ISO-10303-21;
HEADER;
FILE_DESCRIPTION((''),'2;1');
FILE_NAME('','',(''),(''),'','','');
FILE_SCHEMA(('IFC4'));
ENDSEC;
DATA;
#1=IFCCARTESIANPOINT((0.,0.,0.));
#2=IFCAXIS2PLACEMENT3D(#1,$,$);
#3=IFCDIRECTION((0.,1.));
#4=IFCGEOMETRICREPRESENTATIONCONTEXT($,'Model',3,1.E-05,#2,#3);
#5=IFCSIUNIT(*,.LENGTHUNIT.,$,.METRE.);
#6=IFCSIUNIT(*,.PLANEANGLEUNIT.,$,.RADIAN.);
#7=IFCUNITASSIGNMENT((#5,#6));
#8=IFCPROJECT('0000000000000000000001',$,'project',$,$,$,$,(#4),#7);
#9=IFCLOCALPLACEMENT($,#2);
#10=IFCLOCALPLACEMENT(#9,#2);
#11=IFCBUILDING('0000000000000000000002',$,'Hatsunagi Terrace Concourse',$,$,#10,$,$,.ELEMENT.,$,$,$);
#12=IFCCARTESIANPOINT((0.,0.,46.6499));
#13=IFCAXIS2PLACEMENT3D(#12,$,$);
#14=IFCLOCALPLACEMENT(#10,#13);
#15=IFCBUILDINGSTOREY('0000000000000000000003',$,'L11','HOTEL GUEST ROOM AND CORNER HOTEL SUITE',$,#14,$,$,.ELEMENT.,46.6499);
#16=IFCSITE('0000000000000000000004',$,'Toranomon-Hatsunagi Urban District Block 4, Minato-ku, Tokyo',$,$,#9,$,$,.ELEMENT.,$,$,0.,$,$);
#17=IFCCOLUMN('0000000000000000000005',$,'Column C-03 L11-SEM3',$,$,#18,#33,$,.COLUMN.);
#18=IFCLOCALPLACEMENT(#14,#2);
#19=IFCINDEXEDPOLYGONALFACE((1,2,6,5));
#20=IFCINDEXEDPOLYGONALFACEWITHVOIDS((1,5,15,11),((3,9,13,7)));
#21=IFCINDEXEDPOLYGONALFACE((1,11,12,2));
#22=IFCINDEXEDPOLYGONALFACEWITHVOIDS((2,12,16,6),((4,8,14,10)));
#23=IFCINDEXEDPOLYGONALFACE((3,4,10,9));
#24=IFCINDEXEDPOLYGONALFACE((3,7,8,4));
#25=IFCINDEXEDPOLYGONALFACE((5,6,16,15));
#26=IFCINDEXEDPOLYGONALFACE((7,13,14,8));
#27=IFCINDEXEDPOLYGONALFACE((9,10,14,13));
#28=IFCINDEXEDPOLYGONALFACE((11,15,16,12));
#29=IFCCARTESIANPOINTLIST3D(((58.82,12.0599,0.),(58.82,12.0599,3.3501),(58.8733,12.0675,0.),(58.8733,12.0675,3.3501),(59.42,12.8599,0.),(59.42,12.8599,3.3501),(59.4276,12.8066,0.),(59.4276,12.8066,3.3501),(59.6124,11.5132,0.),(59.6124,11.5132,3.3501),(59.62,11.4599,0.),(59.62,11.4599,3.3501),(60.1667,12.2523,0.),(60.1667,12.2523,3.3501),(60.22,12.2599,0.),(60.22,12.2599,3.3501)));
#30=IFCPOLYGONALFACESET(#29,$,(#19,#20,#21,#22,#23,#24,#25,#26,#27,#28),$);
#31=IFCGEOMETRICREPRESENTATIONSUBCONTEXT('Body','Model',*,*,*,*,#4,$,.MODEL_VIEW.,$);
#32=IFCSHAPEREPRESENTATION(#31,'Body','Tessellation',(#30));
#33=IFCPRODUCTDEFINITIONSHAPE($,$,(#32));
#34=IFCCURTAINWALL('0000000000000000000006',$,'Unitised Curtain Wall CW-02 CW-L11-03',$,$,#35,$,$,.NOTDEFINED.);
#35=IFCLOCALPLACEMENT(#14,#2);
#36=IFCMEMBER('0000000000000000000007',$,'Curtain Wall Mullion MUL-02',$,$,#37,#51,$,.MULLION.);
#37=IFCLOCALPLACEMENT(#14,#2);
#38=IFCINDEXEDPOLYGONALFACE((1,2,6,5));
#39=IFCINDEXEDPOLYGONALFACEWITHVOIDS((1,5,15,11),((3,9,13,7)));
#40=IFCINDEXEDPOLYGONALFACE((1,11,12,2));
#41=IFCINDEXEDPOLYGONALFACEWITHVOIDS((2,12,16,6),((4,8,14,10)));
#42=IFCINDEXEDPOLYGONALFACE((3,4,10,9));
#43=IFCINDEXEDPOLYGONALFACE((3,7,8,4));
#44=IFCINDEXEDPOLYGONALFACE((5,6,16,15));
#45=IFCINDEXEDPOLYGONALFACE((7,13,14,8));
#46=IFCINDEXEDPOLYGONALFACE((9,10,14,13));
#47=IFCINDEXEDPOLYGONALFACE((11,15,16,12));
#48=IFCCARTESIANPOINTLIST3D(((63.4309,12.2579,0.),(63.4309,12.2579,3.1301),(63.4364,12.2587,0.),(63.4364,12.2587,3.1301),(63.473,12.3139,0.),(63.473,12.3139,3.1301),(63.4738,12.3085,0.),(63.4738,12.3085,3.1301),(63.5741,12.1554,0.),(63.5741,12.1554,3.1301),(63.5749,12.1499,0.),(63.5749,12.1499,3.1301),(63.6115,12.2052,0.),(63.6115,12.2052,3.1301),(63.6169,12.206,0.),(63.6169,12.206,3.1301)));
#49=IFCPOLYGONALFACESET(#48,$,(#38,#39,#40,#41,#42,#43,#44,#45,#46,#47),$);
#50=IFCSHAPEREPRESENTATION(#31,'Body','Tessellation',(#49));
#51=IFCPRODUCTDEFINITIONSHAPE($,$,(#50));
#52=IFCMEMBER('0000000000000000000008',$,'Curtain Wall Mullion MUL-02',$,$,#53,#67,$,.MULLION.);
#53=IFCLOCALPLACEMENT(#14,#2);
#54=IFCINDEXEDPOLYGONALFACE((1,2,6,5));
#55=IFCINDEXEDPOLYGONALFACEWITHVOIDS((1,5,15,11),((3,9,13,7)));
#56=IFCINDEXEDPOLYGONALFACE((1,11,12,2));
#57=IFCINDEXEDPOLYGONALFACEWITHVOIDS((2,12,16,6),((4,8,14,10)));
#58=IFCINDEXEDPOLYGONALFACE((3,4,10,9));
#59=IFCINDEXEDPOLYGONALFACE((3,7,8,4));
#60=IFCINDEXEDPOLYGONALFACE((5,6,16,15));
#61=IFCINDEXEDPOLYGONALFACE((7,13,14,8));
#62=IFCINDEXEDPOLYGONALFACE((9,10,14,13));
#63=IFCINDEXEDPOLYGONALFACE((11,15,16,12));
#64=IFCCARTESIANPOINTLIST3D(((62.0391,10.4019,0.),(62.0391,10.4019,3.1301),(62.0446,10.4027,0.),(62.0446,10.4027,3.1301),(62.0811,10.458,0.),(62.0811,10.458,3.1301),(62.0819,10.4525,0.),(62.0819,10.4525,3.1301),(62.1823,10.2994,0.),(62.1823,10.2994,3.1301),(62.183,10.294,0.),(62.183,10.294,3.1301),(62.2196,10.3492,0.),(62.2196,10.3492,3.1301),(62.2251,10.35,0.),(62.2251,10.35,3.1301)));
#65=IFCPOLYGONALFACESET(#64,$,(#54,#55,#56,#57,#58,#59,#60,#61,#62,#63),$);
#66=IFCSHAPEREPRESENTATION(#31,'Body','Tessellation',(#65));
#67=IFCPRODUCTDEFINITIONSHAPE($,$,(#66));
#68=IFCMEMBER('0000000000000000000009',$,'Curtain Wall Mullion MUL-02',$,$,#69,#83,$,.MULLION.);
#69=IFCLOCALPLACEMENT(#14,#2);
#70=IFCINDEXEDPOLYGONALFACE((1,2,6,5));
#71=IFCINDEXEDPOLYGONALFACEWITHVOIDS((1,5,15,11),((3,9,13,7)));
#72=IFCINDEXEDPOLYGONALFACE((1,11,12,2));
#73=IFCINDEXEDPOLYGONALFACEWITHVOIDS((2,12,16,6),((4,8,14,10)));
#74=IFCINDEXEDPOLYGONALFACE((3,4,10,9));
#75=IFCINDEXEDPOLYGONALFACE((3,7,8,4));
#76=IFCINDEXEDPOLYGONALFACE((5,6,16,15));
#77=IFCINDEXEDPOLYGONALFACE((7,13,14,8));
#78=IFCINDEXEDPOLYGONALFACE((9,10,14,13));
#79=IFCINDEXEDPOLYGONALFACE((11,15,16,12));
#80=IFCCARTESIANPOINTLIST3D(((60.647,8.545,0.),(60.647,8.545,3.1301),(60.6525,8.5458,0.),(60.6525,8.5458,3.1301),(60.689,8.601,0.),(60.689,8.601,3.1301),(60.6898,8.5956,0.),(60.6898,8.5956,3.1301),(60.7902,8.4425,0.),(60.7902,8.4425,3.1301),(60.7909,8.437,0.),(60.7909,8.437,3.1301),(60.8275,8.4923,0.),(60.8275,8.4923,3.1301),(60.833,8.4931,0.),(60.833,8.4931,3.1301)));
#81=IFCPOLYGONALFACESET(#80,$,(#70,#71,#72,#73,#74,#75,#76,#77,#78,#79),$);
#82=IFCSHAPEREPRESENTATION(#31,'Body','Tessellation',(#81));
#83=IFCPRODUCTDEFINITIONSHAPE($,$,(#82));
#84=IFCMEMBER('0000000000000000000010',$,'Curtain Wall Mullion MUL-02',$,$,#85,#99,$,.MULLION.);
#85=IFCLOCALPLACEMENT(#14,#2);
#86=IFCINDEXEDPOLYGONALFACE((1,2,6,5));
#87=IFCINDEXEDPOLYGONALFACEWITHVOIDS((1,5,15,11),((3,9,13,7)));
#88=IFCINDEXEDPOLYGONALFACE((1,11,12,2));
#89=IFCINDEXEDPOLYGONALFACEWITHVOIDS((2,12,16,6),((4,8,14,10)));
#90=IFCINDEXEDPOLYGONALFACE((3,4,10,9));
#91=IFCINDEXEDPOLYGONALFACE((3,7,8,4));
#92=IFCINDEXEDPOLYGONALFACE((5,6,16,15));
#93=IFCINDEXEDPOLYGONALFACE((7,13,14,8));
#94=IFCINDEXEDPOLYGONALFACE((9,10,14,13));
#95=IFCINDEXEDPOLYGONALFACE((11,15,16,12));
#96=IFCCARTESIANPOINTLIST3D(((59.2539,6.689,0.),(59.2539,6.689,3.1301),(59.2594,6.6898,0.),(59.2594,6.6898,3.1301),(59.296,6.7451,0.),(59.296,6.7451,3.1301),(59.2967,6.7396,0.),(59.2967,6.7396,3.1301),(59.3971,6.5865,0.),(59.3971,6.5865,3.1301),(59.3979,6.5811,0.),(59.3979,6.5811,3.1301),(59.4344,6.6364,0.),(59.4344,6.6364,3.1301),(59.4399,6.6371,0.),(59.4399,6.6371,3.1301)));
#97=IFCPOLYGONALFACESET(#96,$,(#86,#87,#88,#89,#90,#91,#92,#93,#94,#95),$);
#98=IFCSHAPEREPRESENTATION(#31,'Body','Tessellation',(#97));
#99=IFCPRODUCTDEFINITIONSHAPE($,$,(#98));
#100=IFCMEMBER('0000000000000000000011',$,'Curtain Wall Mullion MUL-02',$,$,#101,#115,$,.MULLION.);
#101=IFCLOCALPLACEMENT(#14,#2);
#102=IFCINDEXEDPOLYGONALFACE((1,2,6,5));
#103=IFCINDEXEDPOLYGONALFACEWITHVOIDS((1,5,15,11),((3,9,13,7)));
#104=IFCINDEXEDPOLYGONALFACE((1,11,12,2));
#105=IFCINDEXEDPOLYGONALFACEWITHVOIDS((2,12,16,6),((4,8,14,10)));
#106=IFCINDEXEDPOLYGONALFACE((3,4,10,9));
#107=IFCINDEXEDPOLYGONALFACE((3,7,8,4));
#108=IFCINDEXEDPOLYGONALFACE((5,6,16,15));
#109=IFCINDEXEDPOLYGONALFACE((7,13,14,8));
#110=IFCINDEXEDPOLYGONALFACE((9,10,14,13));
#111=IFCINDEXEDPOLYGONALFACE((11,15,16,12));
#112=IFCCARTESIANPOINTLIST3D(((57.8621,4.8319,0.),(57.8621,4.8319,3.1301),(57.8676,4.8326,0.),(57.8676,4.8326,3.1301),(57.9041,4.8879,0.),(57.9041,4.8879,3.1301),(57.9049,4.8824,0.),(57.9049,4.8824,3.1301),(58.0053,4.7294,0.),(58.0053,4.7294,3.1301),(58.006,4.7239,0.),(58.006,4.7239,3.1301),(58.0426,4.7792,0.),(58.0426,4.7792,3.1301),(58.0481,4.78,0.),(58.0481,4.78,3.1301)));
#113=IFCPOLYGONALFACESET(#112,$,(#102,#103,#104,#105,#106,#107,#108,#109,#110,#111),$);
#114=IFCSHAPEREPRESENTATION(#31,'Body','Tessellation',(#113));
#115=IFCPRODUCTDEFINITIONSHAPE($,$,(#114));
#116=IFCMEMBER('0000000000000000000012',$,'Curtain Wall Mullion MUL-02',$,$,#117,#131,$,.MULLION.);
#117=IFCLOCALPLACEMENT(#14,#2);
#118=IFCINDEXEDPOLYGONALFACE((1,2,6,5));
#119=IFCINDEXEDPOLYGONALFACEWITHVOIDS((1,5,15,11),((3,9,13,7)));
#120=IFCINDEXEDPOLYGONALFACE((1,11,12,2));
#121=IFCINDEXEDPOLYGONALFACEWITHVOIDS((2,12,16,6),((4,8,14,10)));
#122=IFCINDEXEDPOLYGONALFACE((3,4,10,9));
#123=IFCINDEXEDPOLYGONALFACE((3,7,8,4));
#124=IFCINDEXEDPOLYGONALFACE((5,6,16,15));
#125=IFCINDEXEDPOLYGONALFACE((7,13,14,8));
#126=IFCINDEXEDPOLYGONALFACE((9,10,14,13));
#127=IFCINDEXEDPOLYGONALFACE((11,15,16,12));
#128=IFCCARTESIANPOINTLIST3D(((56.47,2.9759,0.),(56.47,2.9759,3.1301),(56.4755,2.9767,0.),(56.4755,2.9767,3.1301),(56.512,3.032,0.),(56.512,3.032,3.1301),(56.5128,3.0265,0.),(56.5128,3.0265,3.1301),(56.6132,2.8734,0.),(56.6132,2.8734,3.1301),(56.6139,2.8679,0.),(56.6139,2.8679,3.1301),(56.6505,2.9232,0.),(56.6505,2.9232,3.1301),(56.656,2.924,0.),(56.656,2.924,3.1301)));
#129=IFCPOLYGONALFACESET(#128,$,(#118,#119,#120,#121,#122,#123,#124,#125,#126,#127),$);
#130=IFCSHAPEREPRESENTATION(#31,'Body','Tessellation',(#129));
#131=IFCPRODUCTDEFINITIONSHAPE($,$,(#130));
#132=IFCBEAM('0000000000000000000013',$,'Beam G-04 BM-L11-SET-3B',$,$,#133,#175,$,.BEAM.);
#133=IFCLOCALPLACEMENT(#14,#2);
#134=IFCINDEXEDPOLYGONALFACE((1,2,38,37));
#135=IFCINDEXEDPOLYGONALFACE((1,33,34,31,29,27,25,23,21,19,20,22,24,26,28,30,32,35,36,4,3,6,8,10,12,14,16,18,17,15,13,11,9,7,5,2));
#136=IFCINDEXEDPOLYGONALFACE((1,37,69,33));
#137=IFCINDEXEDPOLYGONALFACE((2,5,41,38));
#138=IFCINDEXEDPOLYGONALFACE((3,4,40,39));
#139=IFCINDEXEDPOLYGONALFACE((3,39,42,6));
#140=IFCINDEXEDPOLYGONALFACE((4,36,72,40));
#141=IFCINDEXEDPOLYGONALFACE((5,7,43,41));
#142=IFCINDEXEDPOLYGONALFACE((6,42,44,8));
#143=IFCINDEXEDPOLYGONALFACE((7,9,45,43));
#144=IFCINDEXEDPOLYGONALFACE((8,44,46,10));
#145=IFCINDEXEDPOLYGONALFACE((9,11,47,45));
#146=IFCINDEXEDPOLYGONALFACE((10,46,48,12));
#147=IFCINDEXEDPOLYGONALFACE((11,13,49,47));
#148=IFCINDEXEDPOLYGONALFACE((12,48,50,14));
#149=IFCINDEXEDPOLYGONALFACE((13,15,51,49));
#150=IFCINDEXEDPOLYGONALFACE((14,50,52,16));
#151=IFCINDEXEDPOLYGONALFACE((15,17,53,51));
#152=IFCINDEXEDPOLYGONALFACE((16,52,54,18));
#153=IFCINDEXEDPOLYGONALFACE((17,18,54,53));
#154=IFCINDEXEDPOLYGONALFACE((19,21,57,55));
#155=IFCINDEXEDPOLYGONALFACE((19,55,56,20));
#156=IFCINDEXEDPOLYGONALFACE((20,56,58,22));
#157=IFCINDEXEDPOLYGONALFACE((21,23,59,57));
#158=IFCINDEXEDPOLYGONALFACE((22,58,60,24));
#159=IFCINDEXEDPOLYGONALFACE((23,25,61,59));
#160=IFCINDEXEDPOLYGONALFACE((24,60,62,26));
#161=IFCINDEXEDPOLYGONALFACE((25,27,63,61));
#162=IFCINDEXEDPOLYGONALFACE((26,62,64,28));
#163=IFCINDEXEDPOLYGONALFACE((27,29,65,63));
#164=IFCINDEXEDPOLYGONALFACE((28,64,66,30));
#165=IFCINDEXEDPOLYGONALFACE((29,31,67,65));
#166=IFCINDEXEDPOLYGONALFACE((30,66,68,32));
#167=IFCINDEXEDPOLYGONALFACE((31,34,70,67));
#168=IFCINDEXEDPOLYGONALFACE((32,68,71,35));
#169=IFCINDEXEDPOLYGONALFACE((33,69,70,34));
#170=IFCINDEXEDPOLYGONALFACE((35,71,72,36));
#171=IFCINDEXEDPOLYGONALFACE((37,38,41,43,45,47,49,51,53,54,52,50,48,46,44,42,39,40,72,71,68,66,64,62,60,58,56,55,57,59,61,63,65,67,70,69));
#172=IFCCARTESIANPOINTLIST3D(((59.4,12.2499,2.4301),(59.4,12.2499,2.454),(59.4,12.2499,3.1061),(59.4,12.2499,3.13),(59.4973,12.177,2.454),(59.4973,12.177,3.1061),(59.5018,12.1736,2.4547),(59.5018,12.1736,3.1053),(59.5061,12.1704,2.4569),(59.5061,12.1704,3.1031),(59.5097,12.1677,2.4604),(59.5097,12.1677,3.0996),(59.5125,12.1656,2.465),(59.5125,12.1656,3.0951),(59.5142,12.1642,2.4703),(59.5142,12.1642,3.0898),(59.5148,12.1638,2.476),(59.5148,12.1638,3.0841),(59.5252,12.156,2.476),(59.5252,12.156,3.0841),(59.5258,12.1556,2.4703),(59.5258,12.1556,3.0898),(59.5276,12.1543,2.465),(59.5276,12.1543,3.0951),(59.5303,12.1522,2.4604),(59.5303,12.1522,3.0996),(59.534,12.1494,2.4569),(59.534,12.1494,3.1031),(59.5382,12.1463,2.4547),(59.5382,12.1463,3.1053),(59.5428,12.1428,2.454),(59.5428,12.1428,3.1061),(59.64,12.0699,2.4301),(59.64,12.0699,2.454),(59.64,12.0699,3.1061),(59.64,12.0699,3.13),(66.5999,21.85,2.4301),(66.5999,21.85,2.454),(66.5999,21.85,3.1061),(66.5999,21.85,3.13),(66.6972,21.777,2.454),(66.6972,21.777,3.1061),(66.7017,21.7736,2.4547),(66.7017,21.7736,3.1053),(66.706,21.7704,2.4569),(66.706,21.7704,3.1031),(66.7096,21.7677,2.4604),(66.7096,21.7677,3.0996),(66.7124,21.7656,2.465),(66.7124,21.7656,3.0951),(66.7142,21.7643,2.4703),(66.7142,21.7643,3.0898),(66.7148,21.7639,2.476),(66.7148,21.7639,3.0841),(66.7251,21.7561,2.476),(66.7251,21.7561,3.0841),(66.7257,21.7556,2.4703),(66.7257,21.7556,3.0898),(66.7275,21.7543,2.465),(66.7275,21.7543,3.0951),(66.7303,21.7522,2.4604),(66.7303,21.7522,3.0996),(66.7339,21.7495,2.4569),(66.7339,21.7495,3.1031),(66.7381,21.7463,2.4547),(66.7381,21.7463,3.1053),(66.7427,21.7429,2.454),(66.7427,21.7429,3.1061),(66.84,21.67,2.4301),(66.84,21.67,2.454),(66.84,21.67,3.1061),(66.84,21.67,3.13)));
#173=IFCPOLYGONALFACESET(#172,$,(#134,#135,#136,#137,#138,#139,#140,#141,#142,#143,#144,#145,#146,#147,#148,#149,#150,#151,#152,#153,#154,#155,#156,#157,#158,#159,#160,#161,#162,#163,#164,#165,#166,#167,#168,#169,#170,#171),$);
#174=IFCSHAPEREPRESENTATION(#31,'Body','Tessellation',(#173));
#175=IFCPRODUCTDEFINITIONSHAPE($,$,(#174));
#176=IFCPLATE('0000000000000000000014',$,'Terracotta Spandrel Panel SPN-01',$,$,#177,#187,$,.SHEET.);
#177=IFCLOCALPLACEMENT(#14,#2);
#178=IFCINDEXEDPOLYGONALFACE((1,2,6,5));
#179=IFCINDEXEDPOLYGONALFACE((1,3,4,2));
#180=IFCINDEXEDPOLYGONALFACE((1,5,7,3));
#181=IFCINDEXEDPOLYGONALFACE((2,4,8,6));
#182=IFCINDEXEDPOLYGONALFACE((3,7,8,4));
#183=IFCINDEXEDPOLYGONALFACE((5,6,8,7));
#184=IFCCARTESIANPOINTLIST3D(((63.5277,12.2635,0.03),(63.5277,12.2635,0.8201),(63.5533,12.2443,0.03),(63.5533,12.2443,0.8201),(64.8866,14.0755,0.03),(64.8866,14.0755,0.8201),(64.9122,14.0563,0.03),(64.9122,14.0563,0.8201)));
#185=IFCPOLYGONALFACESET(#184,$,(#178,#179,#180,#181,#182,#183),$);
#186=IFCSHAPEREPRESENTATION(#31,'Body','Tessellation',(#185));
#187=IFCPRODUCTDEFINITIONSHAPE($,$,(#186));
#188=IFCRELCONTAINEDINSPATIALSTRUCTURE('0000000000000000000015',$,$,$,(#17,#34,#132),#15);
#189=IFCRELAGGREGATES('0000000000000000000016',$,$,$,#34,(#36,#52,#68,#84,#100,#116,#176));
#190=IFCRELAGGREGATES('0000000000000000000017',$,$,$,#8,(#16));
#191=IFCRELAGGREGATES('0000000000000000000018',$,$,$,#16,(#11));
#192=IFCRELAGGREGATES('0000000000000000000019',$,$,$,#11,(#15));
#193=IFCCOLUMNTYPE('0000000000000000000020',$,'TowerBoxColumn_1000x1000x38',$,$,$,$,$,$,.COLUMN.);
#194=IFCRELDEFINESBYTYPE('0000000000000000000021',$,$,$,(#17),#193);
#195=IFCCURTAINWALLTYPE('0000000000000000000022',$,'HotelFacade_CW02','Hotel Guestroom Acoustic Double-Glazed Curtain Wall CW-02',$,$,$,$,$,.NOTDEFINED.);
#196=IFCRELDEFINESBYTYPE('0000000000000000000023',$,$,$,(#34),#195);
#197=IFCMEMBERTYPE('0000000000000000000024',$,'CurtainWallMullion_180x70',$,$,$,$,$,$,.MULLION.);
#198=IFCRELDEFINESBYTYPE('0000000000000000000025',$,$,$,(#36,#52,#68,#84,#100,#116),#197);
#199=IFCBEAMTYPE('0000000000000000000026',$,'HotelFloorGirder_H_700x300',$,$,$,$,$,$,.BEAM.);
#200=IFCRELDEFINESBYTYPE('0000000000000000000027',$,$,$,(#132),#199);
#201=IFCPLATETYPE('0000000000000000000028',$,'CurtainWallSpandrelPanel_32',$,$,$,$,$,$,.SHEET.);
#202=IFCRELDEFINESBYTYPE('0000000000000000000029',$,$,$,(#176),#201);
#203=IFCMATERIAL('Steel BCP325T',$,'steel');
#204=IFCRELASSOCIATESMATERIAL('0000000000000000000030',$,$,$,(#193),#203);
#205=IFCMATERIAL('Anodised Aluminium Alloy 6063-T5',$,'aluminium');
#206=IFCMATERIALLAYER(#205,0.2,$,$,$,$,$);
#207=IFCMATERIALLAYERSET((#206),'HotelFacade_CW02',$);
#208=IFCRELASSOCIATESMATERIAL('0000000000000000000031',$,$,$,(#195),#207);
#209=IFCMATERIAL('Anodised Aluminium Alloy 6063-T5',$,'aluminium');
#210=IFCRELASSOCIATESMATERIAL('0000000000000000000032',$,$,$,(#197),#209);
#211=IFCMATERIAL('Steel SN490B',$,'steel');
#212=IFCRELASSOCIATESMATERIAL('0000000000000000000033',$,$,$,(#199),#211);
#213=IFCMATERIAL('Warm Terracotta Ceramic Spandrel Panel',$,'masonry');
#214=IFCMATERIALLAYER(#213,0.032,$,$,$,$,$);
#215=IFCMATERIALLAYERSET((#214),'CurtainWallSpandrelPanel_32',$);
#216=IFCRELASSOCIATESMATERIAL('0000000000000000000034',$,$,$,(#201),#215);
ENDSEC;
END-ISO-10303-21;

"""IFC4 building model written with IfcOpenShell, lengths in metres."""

from ifc_helpers import new_model, si_unit, direction, frame, origin, origin_2d, place, context, subcontext, project, spatial, rectangle, hollow_rectangle, i_section, extrude, material, layer, layer_set, material_profile, profile_set, type_object, element, aggregate, save


model = new_model("IFC4")

# Units and contexts
model_context = context("Model", 3, precision=1e-05, world=origin(), true_north=direction((0.0, 1.0)))
body_context = subcontext(model_context, "Body", "Model", "MODEL_VIEW")
ifc_project = project(units=[si_unit("LENGTHUNIT", "METRE"), si_unit("PLANEANGLEUNIT", "RADIAN")], contexts=[model_context])

# Site, building, storey
site_placement = place(None, origin())
site = spatial("IfcSite", under=ifc_project, at=site_placement, Name="Toranomon-Hatsunagi Urban District Block 4, Minato-ku, Tokyo", CompositionType="ELEMENT", RefElevation=0.0)
building_placement = place(site_placement, origin())
building = spatial("IfcBuilding", under=site, at=building_placement, Name="Hatsunagi Terrace Concourse", CompositionType="ELEMENT")
storey_placement = place(building_placement, frame((0.0, 0.0, 46.6499)))
storey = spatial("IfcBuildingStorey", under=building, at=storey_placement, Name="L11", Description="HOTEL GUEST ROOM AND CORNER HOTEL SUITE", CompositionType="ELEMENT", Elevation=46.6499)

# Column
ifc_material_1 = material(Name="Steel BCP325T", Category="steel")
ifc_material_profile_1 = material_profile(ifc_material_1, hollow_rectangle(XDim=1.0, YDim=1.0, WallThickness=0.0381, at=origin_2d()), Name="BCP-1000x1000x38")
ifc_profile_set_1 = profile_set([ifc_material_profile_1], Name="Steel BCP325T")
column_type = type_object("IfcColumnType", Name="TowerBoxColumn_1000x1000x38", PredefinedType="COLUMN", material=ifc_profile_set_1)
column_placement = place(storey_placement, frame((59.52, 12.1599, 0.0), z_axis=(0.0, 0.0, 1.0), x_axis=(0.8, -0.6, 0.0)))
element("IfcColumn", 1, at=column_placement, inside=storey, type_object=column_type, Name="Column C-03 L11-SEM3", PredefinedType="COLUMN", context=body_context, shape_type="SweptSolid", body=[
    extrude(hollow_rectangle(XDim=1.0, YDim=1.0, WallThickness=0.0381, at=origin_2d()), origin(), (0.0, 0.0, 1.0), 3.3501),
])

# Curtain wall, members
ifc_material_2 = material(Name="Anodised Aluminium Alloy 6063-T5", Category="aluminium")
ifc_layer_1 = layer(ifc_material_2, 0.2)
ifc_layer_set_1 = layer_set([ifc_layer_1], Name="HotelFacade_CW02")
curtain_wall_type = type_object("IfcCurtainWallType", Name="HotelFacade_CW02", Description="Hotel Guestroom Acoustic Double-Glazed Curtain Wall CW-02", PredefinedType="NOTDEFINED", material=ifc_layer_set_1)
curtain_wall_placement = place(storey_placement, origin())
curtain_wall = element("IfcCurtainWall", 2, at=curtain_wall_placement, inside=storey, type_object=curtain_wall_type, Name="Unitised Curtain Wall CW-02 CW-L11-03", PredefinedType="NOTDEFINED")
ifc_material_3 = material(Name="Anodised Aluminium Alloy 6063-T5", Category="aluminium")
ifc_material_profile_2 = material_profile(ifc_material_3, hollow_rectangle(XDim=0.0701, YDim=0.1799, WallThickness=0.0039, at=origin_2d()), Name="ALU-MUL-180x70x4")
ifc_profile_set_2 = profile_set([ifc_material_profile_2], Name="Anodised Aluminium Alloy 6063-T5")
member_type = type_object("IfcMemberType", Name="CurtainWallMullion_180x70", PredefinedType="MULLION", material=ifc_profile_set_2)
member_1_placement = place(storey_placement, frame((63.5239, 12.2319, 0.0), z_axis=(0.0, 0.0, 1.0), x_axis=(-0.599969, -0.800023, 0.0)))
member_1 = element("IfcMember", 3, at=member_1_placement, type_object=member_type, Name="Curtain Wall Mullion MUL-02", PredefinedType="MULLION", context=body_context, shape_type="SweptSolid", body=[
    extrude(hollow_rectangle(XDim=0.0701, YDim=0.1799, WallThickness=0.0039, at=origin_2d()), origin(), (0.0, 0.0, 1.0), 3.1301),
])
member_2_placement = place(storey_placement, frame((62.1321, 10.376, 0.0), z_axis=(0.0, 0.0, 1.0), x_axis=(-0.599969, -0.800023, 0.0)))
member_2 = element("IfcMember", 4, at=member_2_placement, type_object=member_type, Name="Curtain Wall Mullion MUL-02", PredefinedType="MULLION", context=body_context, shape_type="SweptSolid", body=[
    extrude(hollow_rectangle(XDim=0.0701, YDim=0.1799, WallThickness=0.0039, at=origin_2d()), origin(), (0.0, 0.0, 1.0), 3.1301),
])
member_3_placement = place(storey_placement, frame((60.74, 8.519, 0.0), z_axis=(0.0, 0.0, 1.0), x_axis=(-0.599969, -0.800023, 0.0)))
member_3 = element("IfcMember", 5, at=member_3_placement, type_object=member_type, Name="Curtain Wall Mullion MUL-02", PredefinedType="MULLION", context=body_context, shape_type="SweptSolid", body=[
    extrude(hollow_rectangle(XDim=0.0701, YDim=0.1799, WallThickness=0.0039, at=origin_2d()), origin(), (0.0, 0.0, 1.0), 3.1301),
])
member_4_placement = place(storey_placement, frame((59.3469, 6.6631, 0.0), z_axis=(0.0, 0.0, 1.0), x_axis=(-0.599969, -0.800023, 0.0)))
member_4 = element("IfcMember", 6, at=member_4_placement, type_object=member_type, Name="Curtain Wall Mullion MUL-02", PredefinedType="MULLION", context=body_context, shape_type="SweptSolid", body=[
    extrude(hollow_rectangle(XDim=0.0701, YDim=0.1799, WallThickness=0.0039, at=origin_2d()), origin(), (0.0, 0.0, 1.0), 3.1301),
])
member_5_placement = place(storey_placement, frame((57.9551, 4.8059, 0.0), z_axis=(0.0, 0.0, 1.0), x_axis=(-0.599969, -0.800023, 0.0)))
member_5 = element("IfcMember", 7, at=member_5_placement, type_object=member_type, Name="Curtain Wall Mullion MUL-02", PredefinedType="MULLION", context=body_context, shape_type="SweptSolid", body=[
    extrude(hollow_rectangle(XDim=0.0701, YDim=0.1799, WallThickness=0.0039, at=origin_2d()), origin(), (0.0, 0.0, 1.0), 3.1301),
])
member_6_placement = place(storey_placement, frame((56.563, 2.95, 0.0), z_axis=(0.0, 0.0, 1.0), x_axis=(-0.599969, -0.800023, 0.0)))
member_6 = element("IfcMember", 8, at=member_6_placement, type_object=member_type, Name="Curtain Wall Mullion MUL-02", PredefinedType="MULLION", context=body_context, shape_type="SweptSolid", body=[
    extrude(hollow_rectangle(XDim=0.0701, YDim=0.1799, WallThickness=0.0039, at=origin_2d()), origin(), (0.0, 0.0, 1.0), 3.1301),
])

# Beam
ifc_material_4 = material(Name="Steel SN490B", Category="steel")
ifc_material_profile_3 = material_profile(ifc_material_4, i_section(OverallWidth=0.3, OverallDepth=0.7, WebThickness=0.0129, FlangeThickness=0.0239, FilletRadius=0.022, at=origin_2d()), Name="H-700x300x13x24")
ifc_profile_set_3 = profile_set([ifc_material_profile_3], Name="Steel SN490B")
beam_type = type_object("IfcBeamType", Name="HotelFloorGirder_H_700x300", PredefinedType="BEAM", material=ifc_profile_set_3)
beam_placement = place(storey_placement, frame((59.52, 12.1599, 2.78), z_axis=(0.599993, 0.800005, 0.0), x_axis=(-0.800005, 0.599993, 0.0)))
element("IfcBeam", 9, at=beam_placement, inside=storey, type_object=beam_type, Name="Beam G-04 BM-L11-SET-3B", PredefinedType="BEAM", context=body_context, shape_type="SweptSolid", body=[
    extrude(i_section(OverallWidth=0.3, OverallDepth=0.7, WebThickness=0.0129, FlangeThickness=0.0239, FilletRadius=0.022, at=origin_2d()), origin(), (0.0, 0.0, 1.0), 12.0),
])

# Plate
ifc_material_5 = material(Name="Warm Terracotta Ceramic Spandrel Panel", Category="masonry")
ifc_layer_2 = layer(ifc_material_5, 0.032)
ifc_layer_set_2 = layer_set([ifc_layer_2], Name="CurtainWallSpandrelPanel_32")
plate_type_1 = type_object("IfcPlateType", Name="CurtainWallSpandrelPanel_32", PredefinedType="SHEET", material=ifc_layer_set_2)
plate_1_placement = place(storey_placement, frame((64.22, 13.1599, 0.03), z_axis=(0.0, 0.0, 1.0), x_axis=(-0.599969, -0.800023, 0.0)))
plate_1 = element("IfcPlate", 10, at=plate_1_placement, type_object=plate_type_1, Name="Terracotta Spandrel Panel SPN-01", PredefinedType="SHEET", context=body_context, shape_type="SweptSolid", body=[
    extrude(rectangle(XDim=2.2649, YDim=0.032, at=origin_2d()), origin(), (0.0, 0.0, 1.0), 0.79),
])
aggregate(curtain_wall, [member_1, member_2, member_3, member_4, member_5, member_6, plate_1])

save(model, "model.ifc")
